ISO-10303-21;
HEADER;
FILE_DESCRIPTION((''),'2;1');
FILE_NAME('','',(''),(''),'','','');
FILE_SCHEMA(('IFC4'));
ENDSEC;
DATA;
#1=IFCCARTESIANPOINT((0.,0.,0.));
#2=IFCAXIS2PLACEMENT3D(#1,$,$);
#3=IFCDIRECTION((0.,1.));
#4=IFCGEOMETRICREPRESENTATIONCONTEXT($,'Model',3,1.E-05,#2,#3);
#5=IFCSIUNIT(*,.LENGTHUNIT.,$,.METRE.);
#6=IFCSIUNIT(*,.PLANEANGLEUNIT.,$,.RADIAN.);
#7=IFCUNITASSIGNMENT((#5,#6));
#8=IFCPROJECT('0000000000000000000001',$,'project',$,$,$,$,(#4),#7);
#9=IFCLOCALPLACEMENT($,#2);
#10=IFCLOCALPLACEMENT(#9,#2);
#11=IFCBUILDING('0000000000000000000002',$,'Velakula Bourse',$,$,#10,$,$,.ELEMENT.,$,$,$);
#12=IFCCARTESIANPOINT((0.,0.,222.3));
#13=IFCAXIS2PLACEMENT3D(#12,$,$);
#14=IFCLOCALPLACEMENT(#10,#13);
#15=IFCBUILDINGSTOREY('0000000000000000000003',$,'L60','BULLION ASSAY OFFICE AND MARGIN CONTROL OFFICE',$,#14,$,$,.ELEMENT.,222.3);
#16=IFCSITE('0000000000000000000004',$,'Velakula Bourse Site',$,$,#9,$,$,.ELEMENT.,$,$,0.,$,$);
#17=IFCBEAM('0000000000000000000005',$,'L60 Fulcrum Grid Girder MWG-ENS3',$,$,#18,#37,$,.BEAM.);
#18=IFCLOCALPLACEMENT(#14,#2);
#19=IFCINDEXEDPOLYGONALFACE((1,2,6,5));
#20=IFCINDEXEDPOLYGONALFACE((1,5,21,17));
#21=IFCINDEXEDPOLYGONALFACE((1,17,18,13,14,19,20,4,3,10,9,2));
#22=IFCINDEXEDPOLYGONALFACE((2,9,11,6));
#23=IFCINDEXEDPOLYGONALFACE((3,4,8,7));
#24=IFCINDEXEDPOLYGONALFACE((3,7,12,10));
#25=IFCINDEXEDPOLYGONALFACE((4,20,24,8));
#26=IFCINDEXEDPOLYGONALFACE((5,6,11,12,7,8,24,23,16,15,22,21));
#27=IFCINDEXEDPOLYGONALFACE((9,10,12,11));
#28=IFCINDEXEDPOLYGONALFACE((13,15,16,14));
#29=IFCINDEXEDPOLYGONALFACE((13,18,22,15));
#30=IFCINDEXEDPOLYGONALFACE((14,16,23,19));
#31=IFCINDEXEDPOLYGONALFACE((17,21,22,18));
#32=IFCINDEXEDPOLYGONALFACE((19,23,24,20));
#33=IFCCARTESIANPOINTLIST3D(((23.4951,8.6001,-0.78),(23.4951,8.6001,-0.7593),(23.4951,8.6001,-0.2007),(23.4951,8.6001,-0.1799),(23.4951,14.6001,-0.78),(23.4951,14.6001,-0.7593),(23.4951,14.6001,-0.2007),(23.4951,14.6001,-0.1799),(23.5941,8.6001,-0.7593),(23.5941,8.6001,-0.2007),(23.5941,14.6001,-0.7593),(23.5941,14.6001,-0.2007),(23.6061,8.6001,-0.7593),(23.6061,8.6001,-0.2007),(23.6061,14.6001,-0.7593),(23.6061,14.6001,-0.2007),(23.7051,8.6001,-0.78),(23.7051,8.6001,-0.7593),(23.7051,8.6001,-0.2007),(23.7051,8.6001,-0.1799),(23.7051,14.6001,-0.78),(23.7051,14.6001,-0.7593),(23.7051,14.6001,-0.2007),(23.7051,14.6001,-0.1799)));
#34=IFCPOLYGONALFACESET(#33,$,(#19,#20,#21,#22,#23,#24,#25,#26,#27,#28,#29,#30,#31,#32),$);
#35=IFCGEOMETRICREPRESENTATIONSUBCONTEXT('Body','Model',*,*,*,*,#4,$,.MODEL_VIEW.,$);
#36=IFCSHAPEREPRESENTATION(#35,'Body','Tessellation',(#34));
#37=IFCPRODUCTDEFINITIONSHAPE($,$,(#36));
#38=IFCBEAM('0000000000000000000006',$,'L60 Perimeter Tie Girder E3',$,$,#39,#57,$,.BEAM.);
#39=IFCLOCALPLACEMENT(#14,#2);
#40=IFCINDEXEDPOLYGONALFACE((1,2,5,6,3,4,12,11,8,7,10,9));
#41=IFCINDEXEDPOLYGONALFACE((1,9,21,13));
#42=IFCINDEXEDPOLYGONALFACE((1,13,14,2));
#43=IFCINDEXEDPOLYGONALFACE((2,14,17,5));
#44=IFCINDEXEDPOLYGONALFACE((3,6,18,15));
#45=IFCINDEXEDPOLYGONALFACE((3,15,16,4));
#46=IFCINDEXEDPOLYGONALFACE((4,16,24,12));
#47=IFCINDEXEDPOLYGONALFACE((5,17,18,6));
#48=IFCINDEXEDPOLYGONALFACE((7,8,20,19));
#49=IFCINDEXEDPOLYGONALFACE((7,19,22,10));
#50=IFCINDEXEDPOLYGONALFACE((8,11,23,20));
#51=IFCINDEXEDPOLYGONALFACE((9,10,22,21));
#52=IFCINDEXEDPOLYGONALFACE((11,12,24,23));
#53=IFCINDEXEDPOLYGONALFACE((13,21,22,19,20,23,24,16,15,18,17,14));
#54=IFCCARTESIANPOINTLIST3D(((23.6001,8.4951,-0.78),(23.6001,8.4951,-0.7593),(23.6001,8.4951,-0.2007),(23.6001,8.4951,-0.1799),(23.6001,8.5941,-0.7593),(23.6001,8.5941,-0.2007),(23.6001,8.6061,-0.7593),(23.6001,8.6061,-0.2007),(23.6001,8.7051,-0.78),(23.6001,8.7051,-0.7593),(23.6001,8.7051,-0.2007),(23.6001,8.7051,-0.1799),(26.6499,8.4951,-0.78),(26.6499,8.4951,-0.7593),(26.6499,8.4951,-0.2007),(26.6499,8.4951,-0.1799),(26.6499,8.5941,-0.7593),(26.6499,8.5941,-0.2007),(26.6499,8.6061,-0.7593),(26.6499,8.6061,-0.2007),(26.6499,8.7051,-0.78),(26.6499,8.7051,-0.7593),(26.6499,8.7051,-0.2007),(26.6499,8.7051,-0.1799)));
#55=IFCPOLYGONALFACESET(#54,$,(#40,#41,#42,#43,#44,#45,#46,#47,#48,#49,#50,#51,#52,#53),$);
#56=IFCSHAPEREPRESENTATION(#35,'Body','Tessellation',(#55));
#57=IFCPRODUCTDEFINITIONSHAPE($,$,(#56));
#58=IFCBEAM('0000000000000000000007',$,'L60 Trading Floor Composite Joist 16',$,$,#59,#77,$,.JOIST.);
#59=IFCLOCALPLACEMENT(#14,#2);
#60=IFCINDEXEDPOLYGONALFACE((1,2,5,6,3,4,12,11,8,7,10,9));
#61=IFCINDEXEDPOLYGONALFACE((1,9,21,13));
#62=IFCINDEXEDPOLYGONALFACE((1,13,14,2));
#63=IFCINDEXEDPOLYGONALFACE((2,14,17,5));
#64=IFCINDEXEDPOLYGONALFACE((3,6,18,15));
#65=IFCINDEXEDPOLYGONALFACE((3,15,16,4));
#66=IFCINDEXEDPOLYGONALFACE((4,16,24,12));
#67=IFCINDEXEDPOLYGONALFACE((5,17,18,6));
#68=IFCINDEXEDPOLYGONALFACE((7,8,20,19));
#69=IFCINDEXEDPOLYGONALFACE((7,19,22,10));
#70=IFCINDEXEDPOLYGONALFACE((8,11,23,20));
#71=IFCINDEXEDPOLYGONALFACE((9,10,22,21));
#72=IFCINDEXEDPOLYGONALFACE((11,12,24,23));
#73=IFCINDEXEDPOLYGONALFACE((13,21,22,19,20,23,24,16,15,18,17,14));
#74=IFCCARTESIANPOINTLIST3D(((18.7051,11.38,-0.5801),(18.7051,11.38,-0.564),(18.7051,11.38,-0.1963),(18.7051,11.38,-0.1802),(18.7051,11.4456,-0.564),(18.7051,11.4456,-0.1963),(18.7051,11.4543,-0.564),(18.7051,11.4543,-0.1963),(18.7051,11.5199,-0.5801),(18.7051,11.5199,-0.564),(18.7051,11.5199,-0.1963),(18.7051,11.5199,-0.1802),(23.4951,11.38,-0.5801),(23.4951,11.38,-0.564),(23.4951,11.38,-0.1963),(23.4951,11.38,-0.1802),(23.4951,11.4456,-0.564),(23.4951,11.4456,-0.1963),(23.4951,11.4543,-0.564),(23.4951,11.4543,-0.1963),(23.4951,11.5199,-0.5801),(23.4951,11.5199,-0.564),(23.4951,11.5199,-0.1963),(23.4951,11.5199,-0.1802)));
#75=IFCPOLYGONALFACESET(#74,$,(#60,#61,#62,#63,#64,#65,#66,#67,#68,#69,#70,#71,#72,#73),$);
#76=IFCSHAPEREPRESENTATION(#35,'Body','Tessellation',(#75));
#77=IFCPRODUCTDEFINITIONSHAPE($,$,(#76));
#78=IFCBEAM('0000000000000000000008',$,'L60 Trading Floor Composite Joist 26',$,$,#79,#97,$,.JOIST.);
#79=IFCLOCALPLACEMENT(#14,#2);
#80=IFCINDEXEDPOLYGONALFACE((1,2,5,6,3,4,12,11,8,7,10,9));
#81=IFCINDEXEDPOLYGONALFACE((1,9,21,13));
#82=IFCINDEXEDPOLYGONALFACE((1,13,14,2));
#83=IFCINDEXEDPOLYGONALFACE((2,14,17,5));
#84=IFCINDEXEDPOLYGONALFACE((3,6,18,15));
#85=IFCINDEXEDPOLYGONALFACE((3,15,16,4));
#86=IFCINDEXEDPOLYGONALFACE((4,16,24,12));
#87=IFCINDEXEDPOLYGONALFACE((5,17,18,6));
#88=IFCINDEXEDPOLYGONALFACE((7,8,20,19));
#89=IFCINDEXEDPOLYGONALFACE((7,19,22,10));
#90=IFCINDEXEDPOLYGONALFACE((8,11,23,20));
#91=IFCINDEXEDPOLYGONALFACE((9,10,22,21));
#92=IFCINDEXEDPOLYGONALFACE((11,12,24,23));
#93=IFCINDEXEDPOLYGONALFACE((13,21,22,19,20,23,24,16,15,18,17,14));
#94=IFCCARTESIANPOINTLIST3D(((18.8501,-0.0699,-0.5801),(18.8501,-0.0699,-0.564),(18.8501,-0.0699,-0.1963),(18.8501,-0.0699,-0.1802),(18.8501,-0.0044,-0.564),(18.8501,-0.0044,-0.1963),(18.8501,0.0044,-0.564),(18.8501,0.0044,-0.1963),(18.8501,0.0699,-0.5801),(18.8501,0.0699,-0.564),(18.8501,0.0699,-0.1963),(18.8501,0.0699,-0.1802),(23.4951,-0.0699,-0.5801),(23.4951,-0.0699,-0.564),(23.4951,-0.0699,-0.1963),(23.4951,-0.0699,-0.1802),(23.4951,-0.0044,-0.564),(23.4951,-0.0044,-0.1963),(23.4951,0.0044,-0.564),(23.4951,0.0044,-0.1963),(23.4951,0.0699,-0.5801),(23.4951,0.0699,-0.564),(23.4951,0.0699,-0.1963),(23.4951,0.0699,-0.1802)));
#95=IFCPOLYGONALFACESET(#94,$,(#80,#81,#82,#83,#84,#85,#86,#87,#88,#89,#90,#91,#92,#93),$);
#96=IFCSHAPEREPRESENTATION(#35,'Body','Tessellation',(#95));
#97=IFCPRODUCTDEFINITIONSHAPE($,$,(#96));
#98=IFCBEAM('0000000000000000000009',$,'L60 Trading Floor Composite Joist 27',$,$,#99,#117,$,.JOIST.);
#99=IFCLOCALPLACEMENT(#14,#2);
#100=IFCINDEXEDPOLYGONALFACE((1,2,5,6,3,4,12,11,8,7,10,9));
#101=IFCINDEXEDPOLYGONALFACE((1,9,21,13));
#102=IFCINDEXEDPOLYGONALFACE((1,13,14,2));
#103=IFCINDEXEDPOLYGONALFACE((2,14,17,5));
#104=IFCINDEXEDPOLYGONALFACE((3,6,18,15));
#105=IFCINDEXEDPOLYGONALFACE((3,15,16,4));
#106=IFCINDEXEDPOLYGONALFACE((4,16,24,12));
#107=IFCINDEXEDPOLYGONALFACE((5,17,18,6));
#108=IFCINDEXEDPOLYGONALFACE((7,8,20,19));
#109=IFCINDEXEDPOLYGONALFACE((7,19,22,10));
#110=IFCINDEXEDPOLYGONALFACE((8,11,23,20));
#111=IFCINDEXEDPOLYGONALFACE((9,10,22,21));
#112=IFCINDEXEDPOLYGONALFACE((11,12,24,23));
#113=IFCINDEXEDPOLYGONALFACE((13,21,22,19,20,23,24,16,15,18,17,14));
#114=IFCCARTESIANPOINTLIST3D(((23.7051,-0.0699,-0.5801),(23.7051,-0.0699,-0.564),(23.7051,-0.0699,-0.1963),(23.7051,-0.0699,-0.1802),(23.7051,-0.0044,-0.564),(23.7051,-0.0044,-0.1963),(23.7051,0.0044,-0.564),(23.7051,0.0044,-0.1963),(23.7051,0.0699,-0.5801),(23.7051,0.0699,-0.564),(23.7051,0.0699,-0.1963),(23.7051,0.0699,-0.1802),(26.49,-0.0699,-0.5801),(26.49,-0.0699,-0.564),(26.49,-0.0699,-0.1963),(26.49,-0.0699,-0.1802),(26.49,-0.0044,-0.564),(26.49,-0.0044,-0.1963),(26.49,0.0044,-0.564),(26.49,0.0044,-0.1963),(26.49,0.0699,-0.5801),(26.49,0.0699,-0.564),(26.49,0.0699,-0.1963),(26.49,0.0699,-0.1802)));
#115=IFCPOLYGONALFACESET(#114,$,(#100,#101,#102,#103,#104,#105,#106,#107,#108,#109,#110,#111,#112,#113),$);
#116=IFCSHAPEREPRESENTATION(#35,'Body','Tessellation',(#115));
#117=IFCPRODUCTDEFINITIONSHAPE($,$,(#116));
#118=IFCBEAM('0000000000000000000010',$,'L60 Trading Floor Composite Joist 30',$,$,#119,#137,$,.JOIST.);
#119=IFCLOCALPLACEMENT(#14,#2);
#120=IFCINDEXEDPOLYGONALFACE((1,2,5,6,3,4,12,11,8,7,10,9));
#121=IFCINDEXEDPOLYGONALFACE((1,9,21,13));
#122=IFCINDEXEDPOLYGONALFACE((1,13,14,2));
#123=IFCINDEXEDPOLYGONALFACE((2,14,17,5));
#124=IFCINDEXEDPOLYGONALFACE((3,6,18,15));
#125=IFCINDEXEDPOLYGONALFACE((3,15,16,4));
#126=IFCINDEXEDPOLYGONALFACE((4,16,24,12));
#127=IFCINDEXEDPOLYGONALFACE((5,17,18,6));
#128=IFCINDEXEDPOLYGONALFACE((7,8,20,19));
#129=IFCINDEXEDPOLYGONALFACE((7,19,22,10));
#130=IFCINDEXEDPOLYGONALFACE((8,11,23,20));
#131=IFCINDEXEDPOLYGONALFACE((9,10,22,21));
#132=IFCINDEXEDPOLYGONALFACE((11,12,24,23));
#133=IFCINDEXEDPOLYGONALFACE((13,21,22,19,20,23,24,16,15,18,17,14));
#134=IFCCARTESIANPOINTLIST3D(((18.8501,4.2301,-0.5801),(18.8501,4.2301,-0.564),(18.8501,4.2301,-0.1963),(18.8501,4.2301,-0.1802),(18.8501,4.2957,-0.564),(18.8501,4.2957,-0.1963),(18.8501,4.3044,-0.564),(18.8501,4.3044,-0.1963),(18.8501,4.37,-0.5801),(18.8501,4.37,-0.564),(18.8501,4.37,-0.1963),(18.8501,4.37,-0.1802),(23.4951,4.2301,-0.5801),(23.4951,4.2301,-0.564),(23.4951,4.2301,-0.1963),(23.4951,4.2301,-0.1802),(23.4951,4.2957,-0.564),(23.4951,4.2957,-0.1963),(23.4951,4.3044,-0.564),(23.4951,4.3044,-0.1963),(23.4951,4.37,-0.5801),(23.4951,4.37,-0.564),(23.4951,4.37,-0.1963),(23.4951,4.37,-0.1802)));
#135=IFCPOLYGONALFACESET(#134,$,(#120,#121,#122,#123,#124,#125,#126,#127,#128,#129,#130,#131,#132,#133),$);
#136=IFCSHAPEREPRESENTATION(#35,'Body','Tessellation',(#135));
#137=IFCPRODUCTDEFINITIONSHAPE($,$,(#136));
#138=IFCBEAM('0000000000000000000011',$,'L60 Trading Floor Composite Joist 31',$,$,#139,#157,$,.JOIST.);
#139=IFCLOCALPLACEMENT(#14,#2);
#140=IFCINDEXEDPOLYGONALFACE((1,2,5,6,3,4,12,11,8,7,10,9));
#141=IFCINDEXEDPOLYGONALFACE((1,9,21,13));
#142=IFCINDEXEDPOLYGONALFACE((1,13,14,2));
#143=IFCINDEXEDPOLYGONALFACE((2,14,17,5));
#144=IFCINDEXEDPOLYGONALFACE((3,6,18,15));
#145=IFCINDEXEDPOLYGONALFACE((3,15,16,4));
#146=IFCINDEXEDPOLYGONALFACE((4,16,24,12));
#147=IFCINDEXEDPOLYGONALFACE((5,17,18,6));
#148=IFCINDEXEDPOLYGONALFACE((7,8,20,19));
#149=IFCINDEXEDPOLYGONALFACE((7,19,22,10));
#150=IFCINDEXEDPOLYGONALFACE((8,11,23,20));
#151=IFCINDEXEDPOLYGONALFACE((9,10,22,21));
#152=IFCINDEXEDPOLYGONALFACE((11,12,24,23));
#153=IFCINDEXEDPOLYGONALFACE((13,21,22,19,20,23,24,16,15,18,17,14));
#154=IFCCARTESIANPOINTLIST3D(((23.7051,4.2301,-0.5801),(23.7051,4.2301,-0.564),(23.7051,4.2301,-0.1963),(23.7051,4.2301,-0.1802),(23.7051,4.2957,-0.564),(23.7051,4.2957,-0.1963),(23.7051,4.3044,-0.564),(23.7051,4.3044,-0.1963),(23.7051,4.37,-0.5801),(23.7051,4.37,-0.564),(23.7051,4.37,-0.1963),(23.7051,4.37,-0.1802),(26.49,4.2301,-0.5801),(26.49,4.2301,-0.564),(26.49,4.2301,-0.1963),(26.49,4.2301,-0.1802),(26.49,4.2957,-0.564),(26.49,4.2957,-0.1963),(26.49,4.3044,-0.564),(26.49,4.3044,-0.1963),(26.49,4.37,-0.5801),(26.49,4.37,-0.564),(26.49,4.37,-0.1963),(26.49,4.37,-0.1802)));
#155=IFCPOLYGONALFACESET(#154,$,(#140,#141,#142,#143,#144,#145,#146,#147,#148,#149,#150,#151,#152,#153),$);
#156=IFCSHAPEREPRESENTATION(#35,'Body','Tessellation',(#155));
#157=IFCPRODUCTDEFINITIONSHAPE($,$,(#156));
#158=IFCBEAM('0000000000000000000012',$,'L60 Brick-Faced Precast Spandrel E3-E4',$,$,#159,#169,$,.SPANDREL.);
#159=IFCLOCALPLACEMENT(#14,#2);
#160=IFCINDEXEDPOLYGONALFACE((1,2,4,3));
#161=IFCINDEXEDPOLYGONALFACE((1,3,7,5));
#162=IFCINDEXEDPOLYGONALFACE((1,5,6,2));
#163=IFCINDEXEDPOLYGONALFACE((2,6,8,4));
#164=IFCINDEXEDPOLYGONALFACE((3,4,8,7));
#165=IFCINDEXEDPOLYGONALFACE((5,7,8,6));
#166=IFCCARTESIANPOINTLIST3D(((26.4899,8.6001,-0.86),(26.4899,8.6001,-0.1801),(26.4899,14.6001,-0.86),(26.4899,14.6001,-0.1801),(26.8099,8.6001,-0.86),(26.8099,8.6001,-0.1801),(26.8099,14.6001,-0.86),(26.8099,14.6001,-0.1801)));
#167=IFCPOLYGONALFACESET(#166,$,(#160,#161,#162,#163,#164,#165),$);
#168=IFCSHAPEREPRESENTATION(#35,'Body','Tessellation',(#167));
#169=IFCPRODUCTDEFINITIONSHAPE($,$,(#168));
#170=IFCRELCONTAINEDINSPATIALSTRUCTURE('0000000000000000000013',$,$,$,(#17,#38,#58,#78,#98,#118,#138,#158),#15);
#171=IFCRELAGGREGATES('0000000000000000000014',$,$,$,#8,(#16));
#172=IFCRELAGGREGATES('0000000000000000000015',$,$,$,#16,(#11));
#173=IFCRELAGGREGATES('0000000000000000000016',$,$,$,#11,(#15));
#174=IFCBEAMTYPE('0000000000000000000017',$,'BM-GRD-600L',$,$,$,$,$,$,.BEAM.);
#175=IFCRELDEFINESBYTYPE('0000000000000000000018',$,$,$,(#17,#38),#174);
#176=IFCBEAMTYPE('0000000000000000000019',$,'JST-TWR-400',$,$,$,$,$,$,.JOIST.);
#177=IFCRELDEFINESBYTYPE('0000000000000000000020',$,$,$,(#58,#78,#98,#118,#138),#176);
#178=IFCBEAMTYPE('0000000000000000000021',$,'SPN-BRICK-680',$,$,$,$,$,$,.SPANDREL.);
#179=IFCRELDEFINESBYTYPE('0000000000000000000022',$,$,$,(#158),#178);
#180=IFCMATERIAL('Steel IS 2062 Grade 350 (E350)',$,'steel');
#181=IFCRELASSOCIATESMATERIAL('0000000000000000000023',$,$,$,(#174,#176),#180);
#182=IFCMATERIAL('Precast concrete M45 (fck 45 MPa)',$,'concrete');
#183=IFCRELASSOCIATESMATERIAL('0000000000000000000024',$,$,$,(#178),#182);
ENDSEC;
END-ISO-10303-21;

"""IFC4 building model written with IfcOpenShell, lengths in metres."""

from ifc_helpers import new_model, si_unit, direction, frame, origin, origin_2d, place, context, subcontext, project, spatial, rectangle, i_section, extrude, material, material_profile, profile_set, type_object, element, save


model = new_model("IFC4")

# Units and contexts
model_context = context("Model", 3, precision=1e-05, world=origin(), true_north=direction((0.0, 1.0)))
body_context = subcontext(model_context, "Body", "Model", "MODEL_VIEW")
ifc_project = project(units=[si_unit("LENGTHUNIT", "METRE"), si_unit("PLANEANGLEUNIT", "RADIAN")], contexts=[model_context])

# Site, building, storey
site_placement = place(None, origin())
site = spatial("IfcSite", under=ifc_project, at=site_placement, Name="Velakula Bourse Site", CompositionType="ELEMENT", RefElevation=0.0)
building_placement = place(site_placement, origin())
building = spatial("IfcBuilding", under=site, at=building_placement, Name="Velakula Bourse", CompositionType="ELEMENT")
storey_placement = place(building_placement, frame((0.0, 0.0, 222.3)))
storey = spatial("IfcBuildingStorey", under=building, at=storey_placement, Name="L60", Description="BULLION ASSAY OFFICE AND MARGIN CONTROL OFFICE", CompositionType="ELEMENT", Elevation=222.3)

# Shared definitions
ifc_material_1 = material(Name="Steel IS 2062 Grade 350 (E350)", Category="steel")

# Beams
ifc_material_profile_1 = material_profile(ifc_material_1, i_section(OverallWidth=0.21, OverallDepth=0.6001, WebThickness=0.012, FlangeThickness=0.0208, at=origin_2d()), Name="Steel IS 2062 Grade 350 (E350)")
ifc_profile_set_1 = profile_set([ifc_material_profile_1], Name="Steel IS 2062 Grade 350 (E350)")
beam_type_1 = type_object("IfcBeamType", Name="BM-GRD-600L", PredefinedType="BEAM", material=ifc_profile_set_1)
beam_1_placement = place(storey_placement, frame((23.6001, 8.6001, -0.48), z_axis=(0.0, 1.0, 0.0), x_axis=(-1.0, 0.0, 0.0)))
element("IfcBeam", 1, at=beam_1_placement, inside=storey, type_object=beam_type_1, Name="L60 Fulcrum Grid Girder MWG-ENS3", PredefinedType="BEAM", context=body_context, shape_type="SweptSolid", body=[
    extrude(i_section(OverallWidth=0.21, OverallDepth=0.6001, WebThickness=0.012, FlangeThickness=0.0208, at=origin_2d()), origin(), (0.0, 0.0, 1.0), 6.0),
])
beam_2_placement = place(storey_placement, frame((23.6001, 8.6001, -0.48), z_axis=(1.0, 0.0, 0.0), x_axis=(0.0, 1.0, 0.0)))
element("IfcBeam", 2, at=beam_2_placement, inside=storey, type_object=beam_type_1, Name="L60 Perimeter Tie Girder E3", PredefinedType="BEAM", context=body_context, shape_type="SweptSolid", body=[
    extrude(i_section(OverallWidth=0.21, OverallDepth=0.6001, WebThickness=0.012, FlangeThickness=0.0208, at=origin_2d()), origin(), (0.0, 0.0, 1.0), 3.0498),
])
ifc_material_profile_2 = material_profile(ifc_material_1, i_section(OverallWidth=0.1399, OverallDepth=0.3999, WebThickness=0.0088, FlangeThickness=0.0161, at=origin_2d()), Name="Steel IS 2062 Grade 350 (E350)")
ifc_profile_set_2 = profile_set([ifc_material_profile_2], Name="Steel IS 2062 Grade 350 (E350)")
beam_type_2 = type_object("IfcBeamType", Name="JST-TWR-400", PredefinedType="JOIST", material=ifc_profile_set_2)
beam_3_placement = place(storey_placement, frame((18.7051, 11.45, -0.3801), z_axis=(1.0, 0.0, 0.0), x_axis=(0.0, 1.0, 0.0)))
element("IfcBeam", 3, at=beam_3_placement, inside=storey, type_object=beam_type_2, Name="L60 Trading Floor Composite Joist 16", PredefinedType="JOIST", context=body_context, shape_type="SweptSolid", body=[
    extrude(i_section(OverallWidth=0.1399, OverallDepth=0.3999, WebThickness=0.0088, FlangeThickness=0.0161, at=origin_2d()), origin(), (0.0, 0.0, 1.0), 4.79),
])
beam_4_placement = place(storey_placement, frame((18.8501, 0.0, -0.3801), z_axis=(1.0, 0.0, 0.0), x_axis=(0.0, 1.0, 0.0)))
element("IfcBeam", 4, at=beam_4_placement, inside=storey, type_object=beam_type_2, Name="L60 Trading Floor Composite Joist 26", PredefinedType="JOIST", context=body_context, shape_type="SweptSolid", body=[
    extrude(i_section(OverallWidth=0.1399, OverallDepth=0.3999, WebThickness=0.0088, FlangeThickness=0.0161, at=origin_2d()), origin(), (0.0, 0.0, 1.0), 4.645),
])
beam_5_placement = place(storey_placement, frame((23.7051, 0.0, -0.3801), z_axis=(1.0, 0.0, 0.0), x_axis=(0.0, 1.0, 0.0)))
element("IfcBeam", 5, at=beam_5_placement, inside=storey, type_object=beam_type_2, Name="L60 Trading Floor Composite Joist 27", PredefinedType="JOIST", context=body_context, shape_type="SweptSolid", body=[
    extrude(i_section(OverallWidth=0.1399, OverallDepth=0.3999, WebThickness=0.0088, FlangeThickness=0.0161, at=origin_2d()), origin(), (0.0, 0.0, 1.0), 2.7849),
])
beam_6_placement = place(storey_placement, frame((18.8501, 4.3, -0.3801), z_axis=(1.0, 0.0, 0.0), x_axis=(0.0, 1.0, 0.0)))
element("IfcBeam", 6, at=beam_6_placement, inside=storey, type_object=beam_type_2, Name="L60 Trading Floor Composite Joist 30", PredefinedType="JOIST", context=body_context, shape_type="SweptSolid", body=[
    extrude(i_section(OverallWidth=0.1399, OverallDepth=0.3999, WebThickness=0.0088, FlangeThickness=0.0161, at=origin_2d()), origin(), (0.0, 0.0, 1.0), 4.645),
])
beam_7_placement = place(storey_placement, frame((23.7051, 4.3, -0.3801), z_axis=(1.0, 0.0, 0.0), x_axis=(0.0, 1.0, 0.0)))
element("IfcBeam", 7, at=beam_7_placement, inside=storey, type_object=beam_type_2, Name="L60 Trading Floor Composite Joist 31", PredefinedType="JOIST", context=body_context, shape_type="SweptSolid", body=[
    extrude(i_section(OverallWidth=0.1399, OverallDepth=0.3999, WebThickness=0.0088, FlangeThickness=0.0161, at=origin_2d()), origin(), (0.0, 0.0, 1.0), 2.7849),
])
ifc_material_2 = material(Name="Precast concrete M45 (fck 45 MPa)", Category="concrete")
ifc_material_profile_3 = material_profile(ifc_material_2, rectangle(XDim=0.3201, YDim=0.6799, at=origin_2d()), Name="Precast concrete M45 (fck 45 MPa)")
ifc_profile_set_3 = profile_set([ifc_material_profile_3], Name="Precast concrete M45 (fck 45 MPa)")
beam_type_3 = type_object("IfcBeamType", Name="SPN-BRICK-680", PredefinedType="SPANDREL", material=ifc_profile_set_3)
beam_8_placement = place(storey_placement, frame((26.6499, 8.6001, -0.52), z_axis=(0.0, 1.0, 0.0), x_axis=(-1.0, 0.0, 0.0)))
element("IfcBeam", 8, at=beam_8_placement, inside=storey, type_object=beam_type_3, Name="L60 Brick-Faced Precast Spandrel E3-E4", PredefinedType="SPANDREL", context=body_context, shape_type="SweptSolid", body=[
    extrude(rectangle(XDim=0.3201, YDim=0.6799, at=origin_2d()), origin(), (0.0, 0.0, 1.0), 6.0),
])

save(model, "model.ifc")
